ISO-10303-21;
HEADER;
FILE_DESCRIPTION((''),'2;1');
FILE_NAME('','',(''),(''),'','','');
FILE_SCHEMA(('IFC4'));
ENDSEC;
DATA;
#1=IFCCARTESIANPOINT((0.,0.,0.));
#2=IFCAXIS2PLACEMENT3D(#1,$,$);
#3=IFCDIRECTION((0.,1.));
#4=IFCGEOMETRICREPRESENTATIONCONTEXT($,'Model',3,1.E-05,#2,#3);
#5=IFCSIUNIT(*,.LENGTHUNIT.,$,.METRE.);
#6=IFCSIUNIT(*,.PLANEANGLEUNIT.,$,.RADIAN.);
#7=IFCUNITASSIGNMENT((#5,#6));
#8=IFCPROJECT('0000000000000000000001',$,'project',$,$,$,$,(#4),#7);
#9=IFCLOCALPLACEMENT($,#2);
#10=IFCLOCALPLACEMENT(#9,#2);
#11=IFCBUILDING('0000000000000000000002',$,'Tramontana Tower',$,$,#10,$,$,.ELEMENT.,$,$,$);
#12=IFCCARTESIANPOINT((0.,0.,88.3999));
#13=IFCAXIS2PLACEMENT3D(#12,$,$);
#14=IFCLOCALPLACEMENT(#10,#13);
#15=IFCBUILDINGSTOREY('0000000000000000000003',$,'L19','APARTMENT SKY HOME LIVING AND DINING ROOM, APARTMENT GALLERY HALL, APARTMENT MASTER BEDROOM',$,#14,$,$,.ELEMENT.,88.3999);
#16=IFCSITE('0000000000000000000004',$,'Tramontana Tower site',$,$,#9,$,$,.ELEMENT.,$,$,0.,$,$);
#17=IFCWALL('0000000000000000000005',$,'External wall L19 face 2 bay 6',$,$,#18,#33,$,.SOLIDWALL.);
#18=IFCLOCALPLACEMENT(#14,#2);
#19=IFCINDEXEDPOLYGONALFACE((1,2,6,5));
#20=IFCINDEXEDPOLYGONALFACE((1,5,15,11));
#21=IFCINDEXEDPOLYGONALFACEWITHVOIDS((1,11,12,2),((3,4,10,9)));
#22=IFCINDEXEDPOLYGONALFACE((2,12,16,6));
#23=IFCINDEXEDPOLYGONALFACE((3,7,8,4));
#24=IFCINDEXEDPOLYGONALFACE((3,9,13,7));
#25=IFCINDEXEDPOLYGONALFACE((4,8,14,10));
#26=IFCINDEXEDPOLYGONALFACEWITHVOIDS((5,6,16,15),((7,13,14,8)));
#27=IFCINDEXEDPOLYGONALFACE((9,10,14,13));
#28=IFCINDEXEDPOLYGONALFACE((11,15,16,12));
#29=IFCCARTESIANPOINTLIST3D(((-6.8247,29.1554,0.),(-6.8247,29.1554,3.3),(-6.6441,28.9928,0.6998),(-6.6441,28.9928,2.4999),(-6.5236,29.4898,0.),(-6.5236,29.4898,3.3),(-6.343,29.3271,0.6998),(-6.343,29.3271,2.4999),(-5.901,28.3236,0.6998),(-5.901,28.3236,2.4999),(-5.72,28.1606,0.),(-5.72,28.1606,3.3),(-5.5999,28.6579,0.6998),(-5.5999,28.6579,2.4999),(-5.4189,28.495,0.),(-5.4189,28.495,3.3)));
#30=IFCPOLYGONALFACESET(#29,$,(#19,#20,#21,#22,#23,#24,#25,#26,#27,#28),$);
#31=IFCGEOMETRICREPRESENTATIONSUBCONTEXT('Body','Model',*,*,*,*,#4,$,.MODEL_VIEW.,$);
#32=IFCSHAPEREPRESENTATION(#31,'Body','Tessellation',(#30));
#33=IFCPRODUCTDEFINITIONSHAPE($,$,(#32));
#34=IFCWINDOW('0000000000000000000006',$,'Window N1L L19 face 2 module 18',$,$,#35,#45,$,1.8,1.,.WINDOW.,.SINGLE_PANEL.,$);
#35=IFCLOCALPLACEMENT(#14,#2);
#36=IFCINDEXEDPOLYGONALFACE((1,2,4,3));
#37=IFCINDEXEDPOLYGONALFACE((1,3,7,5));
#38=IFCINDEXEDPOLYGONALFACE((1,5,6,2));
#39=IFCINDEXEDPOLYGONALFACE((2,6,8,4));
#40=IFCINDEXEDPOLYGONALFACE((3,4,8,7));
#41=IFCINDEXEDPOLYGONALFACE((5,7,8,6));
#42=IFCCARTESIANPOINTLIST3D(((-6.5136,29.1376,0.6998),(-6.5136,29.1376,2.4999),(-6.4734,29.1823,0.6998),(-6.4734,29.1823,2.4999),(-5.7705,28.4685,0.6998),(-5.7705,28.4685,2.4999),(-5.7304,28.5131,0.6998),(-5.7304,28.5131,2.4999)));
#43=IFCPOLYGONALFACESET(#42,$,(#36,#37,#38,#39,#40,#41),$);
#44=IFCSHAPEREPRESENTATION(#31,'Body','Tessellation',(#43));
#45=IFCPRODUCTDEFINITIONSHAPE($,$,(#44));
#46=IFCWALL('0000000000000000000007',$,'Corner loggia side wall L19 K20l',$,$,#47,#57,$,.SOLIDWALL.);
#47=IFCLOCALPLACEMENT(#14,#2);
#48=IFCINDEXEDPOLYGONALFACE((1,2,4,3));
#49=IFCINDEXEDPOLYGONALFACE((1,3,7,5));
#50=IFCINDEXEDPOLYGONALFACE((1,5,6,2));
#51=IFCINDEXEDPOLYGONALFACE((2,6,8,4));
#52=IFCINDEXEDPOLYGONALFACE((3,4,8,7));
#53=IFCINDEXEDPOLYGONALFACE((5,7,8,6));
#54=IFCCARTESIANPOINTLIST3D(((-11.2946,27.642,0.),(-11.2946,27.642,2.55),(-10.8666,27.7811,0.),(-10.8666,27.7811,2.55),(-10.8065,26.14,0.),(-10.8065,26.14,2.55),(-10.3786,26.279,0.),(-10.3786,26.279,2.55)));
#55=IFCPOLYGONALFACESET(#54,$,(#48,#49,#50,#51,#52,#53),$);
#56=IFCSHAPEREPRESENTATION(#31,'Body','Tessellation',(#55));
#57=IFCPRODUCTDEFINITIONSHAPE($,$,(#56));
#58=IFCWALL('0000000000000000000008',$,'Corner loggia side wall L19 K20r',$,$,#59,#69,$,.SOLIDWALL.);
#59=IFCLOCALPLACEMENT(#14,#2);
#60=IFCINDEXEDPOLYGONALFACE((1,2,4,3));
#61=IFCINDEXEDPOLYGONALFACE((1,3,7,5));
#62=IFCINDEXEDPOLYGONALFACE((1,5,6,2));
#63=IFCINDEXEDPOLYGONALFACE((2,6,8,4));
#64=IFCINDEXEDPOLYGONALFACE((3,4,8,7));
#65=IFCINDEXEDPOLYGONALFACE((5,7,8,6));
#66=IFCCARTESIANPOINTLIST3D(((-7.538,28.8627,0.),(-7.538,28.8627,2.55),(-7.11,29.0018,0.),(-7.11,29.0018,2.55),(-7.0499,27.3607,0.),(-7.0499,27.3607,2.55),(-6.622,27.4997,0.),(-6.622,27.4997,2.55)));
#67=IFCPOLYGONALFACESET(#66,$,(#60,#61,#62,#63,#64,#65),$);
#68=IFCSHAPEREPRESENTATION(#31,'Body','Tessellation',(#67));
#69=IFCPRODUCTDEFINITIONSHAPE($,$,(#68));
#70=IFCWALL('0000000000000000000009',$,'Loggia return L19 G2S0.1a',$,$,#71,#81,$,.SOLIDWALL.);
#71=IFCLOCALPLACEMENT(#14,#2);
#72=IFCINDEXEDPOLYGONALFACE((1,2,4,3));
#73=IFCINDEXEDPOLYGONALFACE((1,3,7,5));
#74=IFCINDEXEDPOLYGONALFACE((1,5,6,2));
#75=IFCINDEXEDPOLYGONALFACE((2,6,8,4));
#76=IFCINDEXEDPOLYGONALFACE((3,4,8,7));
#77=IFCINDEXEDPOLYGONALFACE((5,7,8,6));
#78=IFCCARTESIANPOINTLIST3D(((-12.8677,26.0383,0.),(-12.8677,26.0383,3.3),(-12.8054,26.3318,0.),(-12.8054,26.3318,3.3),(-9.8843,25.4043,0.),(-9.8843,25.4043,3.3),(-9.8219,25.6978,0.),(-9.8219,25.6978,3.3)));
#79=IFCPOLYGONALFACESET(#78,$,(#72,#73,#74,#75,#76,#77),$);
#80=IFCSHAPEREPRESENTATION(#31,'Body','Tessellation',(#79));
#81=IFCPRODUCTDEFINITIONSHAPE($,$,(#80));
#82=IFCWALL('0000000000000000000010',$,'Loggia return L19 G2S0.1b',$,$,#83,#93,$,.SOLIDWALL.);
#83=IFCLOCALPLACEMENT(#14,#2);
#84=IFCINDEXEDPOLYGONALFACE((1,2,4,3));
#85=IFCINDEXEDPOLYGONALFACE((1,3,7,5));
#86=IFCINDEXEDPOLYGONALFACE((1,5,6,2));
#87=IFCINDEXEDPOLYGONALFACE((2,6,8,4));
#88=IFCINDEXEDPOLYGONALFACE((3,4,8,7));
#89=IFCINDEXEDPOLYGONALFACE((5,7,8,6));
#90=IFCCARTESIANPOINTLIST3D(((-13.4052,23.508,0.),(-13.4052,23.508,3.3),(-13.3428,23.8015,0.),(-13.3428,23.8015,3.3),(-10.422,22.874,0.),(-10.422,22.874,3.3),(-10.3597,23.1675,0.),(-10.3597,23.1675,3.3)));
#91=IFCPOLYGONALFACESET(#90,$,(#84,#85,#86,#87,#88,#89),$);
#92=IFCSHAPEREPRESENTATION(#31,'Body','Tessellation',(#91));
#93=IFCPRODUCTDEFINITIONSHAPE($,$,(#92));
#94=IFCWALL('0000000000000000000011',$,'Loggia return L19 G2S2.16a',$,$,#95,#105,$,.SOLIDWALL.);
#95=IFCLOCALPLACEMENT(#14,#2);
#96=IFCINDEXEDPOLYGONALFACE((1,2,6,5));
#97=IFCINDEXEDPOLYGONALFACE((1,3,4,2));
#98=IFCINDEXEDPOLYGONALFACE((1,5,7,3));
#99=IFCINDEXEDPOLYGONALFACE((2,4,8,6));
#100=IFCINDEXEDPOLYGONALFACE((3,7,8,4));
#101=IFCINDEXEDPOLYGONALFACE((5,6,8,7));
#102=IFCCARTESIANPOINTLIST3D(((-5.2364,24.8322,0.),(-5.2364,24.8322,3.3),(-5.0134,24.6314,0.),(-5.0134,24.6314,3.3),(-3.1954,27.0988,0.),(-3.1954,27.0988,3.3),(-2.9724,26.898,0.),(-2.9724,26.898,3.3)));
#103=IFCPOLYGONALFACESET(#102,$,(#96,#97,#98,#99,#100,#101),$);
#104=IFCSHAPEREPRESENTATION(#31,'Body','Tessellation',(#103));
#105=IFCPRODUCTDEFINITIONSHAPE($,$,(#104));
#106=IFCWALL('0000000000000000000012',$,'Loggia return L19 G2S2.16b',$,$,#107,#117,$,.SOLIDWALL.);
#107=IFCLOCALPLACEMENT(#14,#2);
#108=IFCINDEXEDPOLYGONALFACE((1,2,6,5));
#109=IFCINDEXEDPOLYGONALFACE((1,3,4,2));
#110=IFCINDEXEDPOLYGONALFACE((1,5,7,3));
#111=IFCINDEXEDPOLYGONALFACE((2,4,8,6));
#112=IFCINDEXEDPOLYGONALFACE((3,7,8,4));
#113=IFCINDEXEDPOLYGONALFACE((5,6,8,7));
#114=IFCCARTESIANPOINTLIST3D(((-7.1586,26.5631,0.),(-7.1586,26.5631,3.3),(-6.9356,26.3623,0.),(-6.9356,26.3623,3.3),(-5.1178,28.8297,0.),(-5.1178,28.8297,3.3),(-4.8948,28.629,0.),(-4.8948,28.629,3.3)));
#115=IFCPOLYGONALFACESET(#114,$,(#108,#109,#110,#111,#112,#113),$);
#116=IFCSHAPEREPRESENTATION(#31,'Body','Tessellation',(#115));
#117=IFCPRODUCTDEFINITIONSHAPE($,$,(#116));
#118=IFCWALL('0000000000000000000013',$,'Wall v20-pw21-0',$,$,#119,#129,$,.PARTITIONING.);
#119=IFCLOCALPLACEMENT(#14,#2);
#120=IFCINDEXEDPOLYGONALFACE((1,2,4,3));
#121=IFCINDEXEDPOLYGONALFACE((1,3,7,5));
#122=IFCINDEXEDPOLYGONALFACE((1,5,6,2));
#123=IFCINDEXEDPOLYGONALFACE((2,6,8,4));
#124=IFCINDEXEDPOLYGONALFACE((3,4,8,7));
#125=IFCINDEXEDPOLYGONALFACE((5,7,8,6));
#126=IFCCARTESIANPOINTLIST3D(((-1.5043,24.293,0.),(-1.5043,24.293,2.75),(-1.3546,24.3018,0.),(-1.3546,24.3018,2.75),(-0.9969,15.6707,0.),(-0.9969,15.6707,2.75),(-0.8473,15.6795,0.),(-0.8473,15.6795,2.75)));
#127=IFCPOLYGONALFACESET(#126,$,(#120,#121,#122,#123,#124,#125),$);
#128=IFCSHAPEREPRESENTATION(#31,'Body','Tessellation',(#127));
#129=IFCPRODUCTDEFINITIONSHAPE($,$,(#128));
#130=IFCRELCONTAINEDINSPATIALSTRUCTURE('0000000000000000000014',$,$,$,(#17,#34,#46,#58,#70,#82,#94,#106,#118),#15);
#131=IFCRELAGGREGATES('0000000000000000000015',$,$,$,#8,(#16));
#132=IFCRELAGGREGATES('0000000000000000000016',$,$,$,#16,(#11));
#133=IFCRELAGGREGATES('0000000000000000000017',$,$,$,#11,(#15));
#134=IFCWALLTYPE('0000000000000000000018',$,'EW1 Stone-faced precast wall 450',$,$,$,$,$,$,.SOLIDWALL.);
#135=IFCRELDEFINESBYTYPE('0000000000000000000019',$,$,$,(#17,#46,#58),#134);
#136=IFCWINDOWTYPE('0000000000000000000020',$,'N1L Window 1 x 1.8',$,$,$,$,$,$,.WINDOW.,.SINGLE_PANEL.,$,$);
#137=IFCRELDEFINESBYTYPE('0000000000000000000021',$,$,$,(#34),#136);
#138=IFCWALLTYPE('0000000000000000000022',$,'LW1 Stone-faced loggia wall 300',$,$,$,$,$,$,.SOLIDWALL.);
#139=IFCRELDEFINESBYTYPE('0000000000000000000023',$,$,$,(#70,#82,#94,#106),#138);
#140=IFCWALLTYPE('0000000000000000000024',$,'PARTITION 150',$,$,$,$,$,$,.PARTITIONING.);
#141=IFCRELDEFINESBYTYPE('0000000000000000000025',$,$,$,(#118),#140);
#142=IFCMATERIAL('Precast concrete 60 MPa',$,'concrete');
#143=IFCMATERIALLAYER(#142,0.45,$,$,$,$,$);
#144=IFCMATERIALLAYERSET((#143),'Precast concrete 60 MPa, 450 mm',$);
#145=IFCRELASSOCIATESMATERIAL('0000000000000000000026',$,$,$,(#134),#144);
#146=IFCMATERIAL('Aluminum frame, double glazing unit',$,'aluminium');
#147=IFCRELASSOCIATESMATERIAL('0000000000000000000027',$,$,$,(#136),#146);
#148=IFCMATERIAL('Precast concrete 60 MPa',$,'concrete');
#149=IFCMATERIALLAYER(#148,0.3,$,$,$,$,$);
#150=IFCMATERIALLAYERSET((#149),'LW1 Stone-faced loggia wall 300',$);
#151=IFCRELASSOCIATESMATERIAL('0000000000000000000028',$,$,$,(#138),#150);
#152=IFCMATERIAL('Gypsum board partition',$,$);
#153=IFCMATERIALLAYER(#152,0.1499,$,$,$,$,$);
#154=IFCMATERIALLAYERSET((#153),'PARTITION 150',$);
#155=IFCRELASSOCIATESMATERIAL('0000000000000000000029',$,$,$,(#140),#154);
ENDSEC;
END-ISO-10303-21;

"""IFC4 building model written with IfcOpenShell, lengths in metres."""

from ifc_helpers import new_model, si_unit, direction, frame, frame_2d, origin, place, context, subcontext, project, spatial, rectangle, extrude, material, layer, layer_set, type_object, element, fill, save


model = new_model("IFC4")

# Units and contexts
model_context = context("Model", 3, precision=1e-05, world=origin(), true_north=direction((0.0, 1.0)))
body_context = subcontext(model_context, "Body", "Model", "MODEL_VIEW")
ifc_project = project(units=[si_unit("LENGTHUNIT", "METRE"), si_unit("PLANEANGLEUNIT", "RADIAN")], contexts=[model_context])

# Site, building, storey
site_placement = place(None, origin())
site = spatial("IfcSite", under=ifc_project, at=site_placement, Name="Tramontana Tower site", CompositionType="ELEMENT", RefElevation=0.0)
building_placement = place(site_placement, origin())
building = spatial("IfcBuilding", under=site, at=building_placement, Name="Tramontana Tower", CompositionType="ELEMENT")
storey_placement = place(building_placement, frame((0.0, 0.0, 88.3999)))
storey = spatial("IfcBuildingStorey", under=building, at=storey_placement, Name="L19", Description="APARTMENT SKY HOME LIVING AND DINING ROOM, APARTMENT GALLERY HALL, APARTMENT MASTER BEDROOM", CompositionType="ELEMENT", Elevation=88.3999)

# Wall, opening, window
ifc_material_1 = material(Name="Precast concrete 60 MPa", Category="concrete")
ifc_layer_1 = layer(ifc_material_1, 0.45)
ifc_layer_set_1 = layer_set([ifc_layer_1], Name="Precast concrete 60 MPa, 450 mm")
wall_type_1 = type_object("IfcWallType", Name="EW1 Stone-faced precast wall 450", PredefinedType="SOLIDWALL", material=ifc_layer_set_1)
ifc_material_2 = material(Name="Aluminum frame, double glazing unit", Category="aluminium")
window_type_1 = type_object("IfcWindowType", Name="N1L Window 1 x 1.8", PartitioningType="SINGLE_PANEL", PredefinedType="WINDOW", material=ifc_material_2)
wall_1_placement = place(storey_placement, frame((-5.5696, 28.3279, 0.0), z_axis=(0.0, 0.0, 1.0), x_axis=(-0.74309, 0.669192, 0.0)))
wall_1 = element("IfcWall", 1, at=wall_1_placement, inside=storey, type_object=wall_type_1, Name="External wall L19 face 2 bay 6", PredefinedType="SOLIDWALL", context=body_context, shape_type="SweptSolid", body=[
    extrude(rectangle(XDim=1.4866, YDim=0.45, at=frame_2d((0.7432, 0.0))), origin(), (0.0, 0.0, 1.0), 3.3),
])
opening_1_placement = place(wall_1_placement, frame((0.2434, 0.0, 0.7)))
opening_1 = element("IfcOpeningElement", 2, at=opening_1_placement, cuts=wall_1, PredefinedType="OPENING", context=body_context, shape_type="SweptSolid", body=[
    extrude(rectangle(XDim=1.0, YDim=1.8, at=frame_2d((0.5, 0.8999))), frame((0.0, 0.2349, 0.0), z_axis=(0.0, -1.0, 0.0), x_axis=(1.0, 0.0, 0.0)), (0.0, 0.0, 1.0), 0.47),
])
window_1_placement = place(opening_1_placement, origin())
window_1 = element("IfcWindow", 3, at=window_1_placement, inside=storey, type_object=window_type_1, Name="Window N1L L19 face 2 module 18", OverallHeight=1.8, OverallWidth=1.0, PartitioningType="SINGLE_PANEL", PredefinedType="WINDOW", context=body_context, shape_type="SweptSolid", body=[
    extrude(rectangle(XDim=1.0, YDim=1.8, at=frame_2d((0.5, 0.8999))), frame((0.0, 0.03, 0.0), z_axis=(0.0, -1.0, 0.0), x_axis=(1.0, 0.0, 0.0)), (0.0, 0.0, 1.0), 0.0601),
])
fill(opening_1, window_1)

# Walls
for number, where, z_axis, x_axis, name in (
    (4, (-11.0806, 27.7114, 0.0), (0.0, 0.0, 1.0), (0.30903, -0.951052, 0.0), "Corner loggia side wall L19 K20l"),
    (5, (-7.324, 28.9321, 0.0), (0.0, 0.0, 1.0), (0.30903, -0.951052, 0.0), "Corner loggia side wall L19 K20r"),
):
    element("IfcWall", number, at=place(storey_placement, frame(where, z_axis=z_axis, x_axis=x_axis)), inside=storey, type_object=wall_type_1, Name=name, PredefinedType="SOLIDWALL", context=body_context, shape_type="SweptSolid", body=[
        extrude(rectangle(XDim=1.5793, YDim=0.45, at=frame_2d((0.7896, 0.0))), origin(), (0.0, 0.0, 1.0), 2.55),
    ])

# Shared definitions
ifc_material_3 = material(Name="Precast concrete 60 MPa", Category="concrete")
ifc_layer_2 = layer(ifc_material_3, 0.3)
ifc_layer_set_2 = layer_set([ifc_layer_2], Name="LW1 Stone-faced loggia wall 300")
wall_type_2 = type_object("IfcWallType", Name="LW1 Stone-faced loggia wall 300", PredefinedType="SOLIDWALL", material=ifc_layer_set_2)

# Walls
wall_2_placement = place(storey_placement, frame((-12.8364, 26.1851, 0.0), z_axis=(0.0, 0.0, 1.0), x_axis=(0.978155, -0.207878, 0.0)))
element("IfcWall", 6, at=wall_2_placement, inside=storey, type_object=wall_type_2, Name="Loggia return L19 G2S0.1a", PredefinedType="SOLIDWALL", context=body_context, shape_type="SweptSolid", body=[
    extrude(rectangle(XDim=3.05, YDim=0.3, at=frame_2d((1.5249, 0.0))), origin(), (0.0, 0.0, 1.0), 3.3),
])
wall_3_placement = place(storey_placement, frame((-13.374, 23.6548, 0.0), z_axis=(0.0, 0.0, 1.0), x_axis=(0.978151, -0.207894, 0.0)))
element("IfcWall", 7, at=wall_3_placement, inside=storey, type_object=wall_type_2, Name="Loggia return L19 G2S0.1b", PredefinedType="SOLIDWALL", context=body_context, shape_type="SweptSolid", body=[
    extrude(rectangle(XDim=3.0498, YDim=0.3, at=frame_2d((1.5249, 0.0))), origin(), (0.0, 0.0, 1.0), 3.3),
])

# Walls
for number, where, z_axis, x_axis, name in (
    (8, (-3.084, 26.9983, 0.0), (0.0, 0.0, 1.0), (-0.669159, -0.743119, 0.0), "Loggia return L19 G2S2.16a"),
    (9, (-5.0063, 28.7292, 0.0), (0.0, 0.0, 1.0), (-0.669115, -0.743159, 0.0), "Loggia return L19 G2S2.16b"),
):
    element("IfcWall", number, at=place(storey_placement, frame(where, z_axis=z_axis, x_axis=x_axis)), inside=storey, type_object=wall_type_2, Name=name, PredefinedType="SOLIDWALL", context=body_context, shape_type="SweptSolid", body=[
        extrude(rectangle(XDim=3.05, YDim=0.3, at=frame_2d((1.5249, 0.0))), origin(), (0.0, 0.0, 1.0), 3.3),
    ])
ifc_material_4 = material(Name="Gypsum board partition")
ifc_layer_3 = layer(ifc_material_4, 0.1499)
ifc_layer_set_3 = layer_set([ifc_layer_3], Name="PARTITION 150")
wall_type_3 = type_object("IfcWallType", Name="PARTITION 150", PredefinedType="PARTITIONING", material=ifc_layer_set_3)
wall_4_placement = place(storey_placement, frame((-1.4294, 24.2974, 0.0), z_axis=(0.0, 0.0, 1.0), x_axis=(0.058737, -0.998273, 0.0)))
element("IfcWall", 10, at=wall_4_placement, inside=storey, type_object=wall_type_3, Name="Wall v20-pw21-0", PredefinedType="PARTITIONING", context=body_context, shape_type="SweptSolid", body=[
    extrude(rectangle(XDim=8.6372, YDim=0.1499, at=frame_2d((4.3186, 0.0))), origin(), (0.0, 0.0, 1.0), 2.75),
])

save(model, "model.ifc")
